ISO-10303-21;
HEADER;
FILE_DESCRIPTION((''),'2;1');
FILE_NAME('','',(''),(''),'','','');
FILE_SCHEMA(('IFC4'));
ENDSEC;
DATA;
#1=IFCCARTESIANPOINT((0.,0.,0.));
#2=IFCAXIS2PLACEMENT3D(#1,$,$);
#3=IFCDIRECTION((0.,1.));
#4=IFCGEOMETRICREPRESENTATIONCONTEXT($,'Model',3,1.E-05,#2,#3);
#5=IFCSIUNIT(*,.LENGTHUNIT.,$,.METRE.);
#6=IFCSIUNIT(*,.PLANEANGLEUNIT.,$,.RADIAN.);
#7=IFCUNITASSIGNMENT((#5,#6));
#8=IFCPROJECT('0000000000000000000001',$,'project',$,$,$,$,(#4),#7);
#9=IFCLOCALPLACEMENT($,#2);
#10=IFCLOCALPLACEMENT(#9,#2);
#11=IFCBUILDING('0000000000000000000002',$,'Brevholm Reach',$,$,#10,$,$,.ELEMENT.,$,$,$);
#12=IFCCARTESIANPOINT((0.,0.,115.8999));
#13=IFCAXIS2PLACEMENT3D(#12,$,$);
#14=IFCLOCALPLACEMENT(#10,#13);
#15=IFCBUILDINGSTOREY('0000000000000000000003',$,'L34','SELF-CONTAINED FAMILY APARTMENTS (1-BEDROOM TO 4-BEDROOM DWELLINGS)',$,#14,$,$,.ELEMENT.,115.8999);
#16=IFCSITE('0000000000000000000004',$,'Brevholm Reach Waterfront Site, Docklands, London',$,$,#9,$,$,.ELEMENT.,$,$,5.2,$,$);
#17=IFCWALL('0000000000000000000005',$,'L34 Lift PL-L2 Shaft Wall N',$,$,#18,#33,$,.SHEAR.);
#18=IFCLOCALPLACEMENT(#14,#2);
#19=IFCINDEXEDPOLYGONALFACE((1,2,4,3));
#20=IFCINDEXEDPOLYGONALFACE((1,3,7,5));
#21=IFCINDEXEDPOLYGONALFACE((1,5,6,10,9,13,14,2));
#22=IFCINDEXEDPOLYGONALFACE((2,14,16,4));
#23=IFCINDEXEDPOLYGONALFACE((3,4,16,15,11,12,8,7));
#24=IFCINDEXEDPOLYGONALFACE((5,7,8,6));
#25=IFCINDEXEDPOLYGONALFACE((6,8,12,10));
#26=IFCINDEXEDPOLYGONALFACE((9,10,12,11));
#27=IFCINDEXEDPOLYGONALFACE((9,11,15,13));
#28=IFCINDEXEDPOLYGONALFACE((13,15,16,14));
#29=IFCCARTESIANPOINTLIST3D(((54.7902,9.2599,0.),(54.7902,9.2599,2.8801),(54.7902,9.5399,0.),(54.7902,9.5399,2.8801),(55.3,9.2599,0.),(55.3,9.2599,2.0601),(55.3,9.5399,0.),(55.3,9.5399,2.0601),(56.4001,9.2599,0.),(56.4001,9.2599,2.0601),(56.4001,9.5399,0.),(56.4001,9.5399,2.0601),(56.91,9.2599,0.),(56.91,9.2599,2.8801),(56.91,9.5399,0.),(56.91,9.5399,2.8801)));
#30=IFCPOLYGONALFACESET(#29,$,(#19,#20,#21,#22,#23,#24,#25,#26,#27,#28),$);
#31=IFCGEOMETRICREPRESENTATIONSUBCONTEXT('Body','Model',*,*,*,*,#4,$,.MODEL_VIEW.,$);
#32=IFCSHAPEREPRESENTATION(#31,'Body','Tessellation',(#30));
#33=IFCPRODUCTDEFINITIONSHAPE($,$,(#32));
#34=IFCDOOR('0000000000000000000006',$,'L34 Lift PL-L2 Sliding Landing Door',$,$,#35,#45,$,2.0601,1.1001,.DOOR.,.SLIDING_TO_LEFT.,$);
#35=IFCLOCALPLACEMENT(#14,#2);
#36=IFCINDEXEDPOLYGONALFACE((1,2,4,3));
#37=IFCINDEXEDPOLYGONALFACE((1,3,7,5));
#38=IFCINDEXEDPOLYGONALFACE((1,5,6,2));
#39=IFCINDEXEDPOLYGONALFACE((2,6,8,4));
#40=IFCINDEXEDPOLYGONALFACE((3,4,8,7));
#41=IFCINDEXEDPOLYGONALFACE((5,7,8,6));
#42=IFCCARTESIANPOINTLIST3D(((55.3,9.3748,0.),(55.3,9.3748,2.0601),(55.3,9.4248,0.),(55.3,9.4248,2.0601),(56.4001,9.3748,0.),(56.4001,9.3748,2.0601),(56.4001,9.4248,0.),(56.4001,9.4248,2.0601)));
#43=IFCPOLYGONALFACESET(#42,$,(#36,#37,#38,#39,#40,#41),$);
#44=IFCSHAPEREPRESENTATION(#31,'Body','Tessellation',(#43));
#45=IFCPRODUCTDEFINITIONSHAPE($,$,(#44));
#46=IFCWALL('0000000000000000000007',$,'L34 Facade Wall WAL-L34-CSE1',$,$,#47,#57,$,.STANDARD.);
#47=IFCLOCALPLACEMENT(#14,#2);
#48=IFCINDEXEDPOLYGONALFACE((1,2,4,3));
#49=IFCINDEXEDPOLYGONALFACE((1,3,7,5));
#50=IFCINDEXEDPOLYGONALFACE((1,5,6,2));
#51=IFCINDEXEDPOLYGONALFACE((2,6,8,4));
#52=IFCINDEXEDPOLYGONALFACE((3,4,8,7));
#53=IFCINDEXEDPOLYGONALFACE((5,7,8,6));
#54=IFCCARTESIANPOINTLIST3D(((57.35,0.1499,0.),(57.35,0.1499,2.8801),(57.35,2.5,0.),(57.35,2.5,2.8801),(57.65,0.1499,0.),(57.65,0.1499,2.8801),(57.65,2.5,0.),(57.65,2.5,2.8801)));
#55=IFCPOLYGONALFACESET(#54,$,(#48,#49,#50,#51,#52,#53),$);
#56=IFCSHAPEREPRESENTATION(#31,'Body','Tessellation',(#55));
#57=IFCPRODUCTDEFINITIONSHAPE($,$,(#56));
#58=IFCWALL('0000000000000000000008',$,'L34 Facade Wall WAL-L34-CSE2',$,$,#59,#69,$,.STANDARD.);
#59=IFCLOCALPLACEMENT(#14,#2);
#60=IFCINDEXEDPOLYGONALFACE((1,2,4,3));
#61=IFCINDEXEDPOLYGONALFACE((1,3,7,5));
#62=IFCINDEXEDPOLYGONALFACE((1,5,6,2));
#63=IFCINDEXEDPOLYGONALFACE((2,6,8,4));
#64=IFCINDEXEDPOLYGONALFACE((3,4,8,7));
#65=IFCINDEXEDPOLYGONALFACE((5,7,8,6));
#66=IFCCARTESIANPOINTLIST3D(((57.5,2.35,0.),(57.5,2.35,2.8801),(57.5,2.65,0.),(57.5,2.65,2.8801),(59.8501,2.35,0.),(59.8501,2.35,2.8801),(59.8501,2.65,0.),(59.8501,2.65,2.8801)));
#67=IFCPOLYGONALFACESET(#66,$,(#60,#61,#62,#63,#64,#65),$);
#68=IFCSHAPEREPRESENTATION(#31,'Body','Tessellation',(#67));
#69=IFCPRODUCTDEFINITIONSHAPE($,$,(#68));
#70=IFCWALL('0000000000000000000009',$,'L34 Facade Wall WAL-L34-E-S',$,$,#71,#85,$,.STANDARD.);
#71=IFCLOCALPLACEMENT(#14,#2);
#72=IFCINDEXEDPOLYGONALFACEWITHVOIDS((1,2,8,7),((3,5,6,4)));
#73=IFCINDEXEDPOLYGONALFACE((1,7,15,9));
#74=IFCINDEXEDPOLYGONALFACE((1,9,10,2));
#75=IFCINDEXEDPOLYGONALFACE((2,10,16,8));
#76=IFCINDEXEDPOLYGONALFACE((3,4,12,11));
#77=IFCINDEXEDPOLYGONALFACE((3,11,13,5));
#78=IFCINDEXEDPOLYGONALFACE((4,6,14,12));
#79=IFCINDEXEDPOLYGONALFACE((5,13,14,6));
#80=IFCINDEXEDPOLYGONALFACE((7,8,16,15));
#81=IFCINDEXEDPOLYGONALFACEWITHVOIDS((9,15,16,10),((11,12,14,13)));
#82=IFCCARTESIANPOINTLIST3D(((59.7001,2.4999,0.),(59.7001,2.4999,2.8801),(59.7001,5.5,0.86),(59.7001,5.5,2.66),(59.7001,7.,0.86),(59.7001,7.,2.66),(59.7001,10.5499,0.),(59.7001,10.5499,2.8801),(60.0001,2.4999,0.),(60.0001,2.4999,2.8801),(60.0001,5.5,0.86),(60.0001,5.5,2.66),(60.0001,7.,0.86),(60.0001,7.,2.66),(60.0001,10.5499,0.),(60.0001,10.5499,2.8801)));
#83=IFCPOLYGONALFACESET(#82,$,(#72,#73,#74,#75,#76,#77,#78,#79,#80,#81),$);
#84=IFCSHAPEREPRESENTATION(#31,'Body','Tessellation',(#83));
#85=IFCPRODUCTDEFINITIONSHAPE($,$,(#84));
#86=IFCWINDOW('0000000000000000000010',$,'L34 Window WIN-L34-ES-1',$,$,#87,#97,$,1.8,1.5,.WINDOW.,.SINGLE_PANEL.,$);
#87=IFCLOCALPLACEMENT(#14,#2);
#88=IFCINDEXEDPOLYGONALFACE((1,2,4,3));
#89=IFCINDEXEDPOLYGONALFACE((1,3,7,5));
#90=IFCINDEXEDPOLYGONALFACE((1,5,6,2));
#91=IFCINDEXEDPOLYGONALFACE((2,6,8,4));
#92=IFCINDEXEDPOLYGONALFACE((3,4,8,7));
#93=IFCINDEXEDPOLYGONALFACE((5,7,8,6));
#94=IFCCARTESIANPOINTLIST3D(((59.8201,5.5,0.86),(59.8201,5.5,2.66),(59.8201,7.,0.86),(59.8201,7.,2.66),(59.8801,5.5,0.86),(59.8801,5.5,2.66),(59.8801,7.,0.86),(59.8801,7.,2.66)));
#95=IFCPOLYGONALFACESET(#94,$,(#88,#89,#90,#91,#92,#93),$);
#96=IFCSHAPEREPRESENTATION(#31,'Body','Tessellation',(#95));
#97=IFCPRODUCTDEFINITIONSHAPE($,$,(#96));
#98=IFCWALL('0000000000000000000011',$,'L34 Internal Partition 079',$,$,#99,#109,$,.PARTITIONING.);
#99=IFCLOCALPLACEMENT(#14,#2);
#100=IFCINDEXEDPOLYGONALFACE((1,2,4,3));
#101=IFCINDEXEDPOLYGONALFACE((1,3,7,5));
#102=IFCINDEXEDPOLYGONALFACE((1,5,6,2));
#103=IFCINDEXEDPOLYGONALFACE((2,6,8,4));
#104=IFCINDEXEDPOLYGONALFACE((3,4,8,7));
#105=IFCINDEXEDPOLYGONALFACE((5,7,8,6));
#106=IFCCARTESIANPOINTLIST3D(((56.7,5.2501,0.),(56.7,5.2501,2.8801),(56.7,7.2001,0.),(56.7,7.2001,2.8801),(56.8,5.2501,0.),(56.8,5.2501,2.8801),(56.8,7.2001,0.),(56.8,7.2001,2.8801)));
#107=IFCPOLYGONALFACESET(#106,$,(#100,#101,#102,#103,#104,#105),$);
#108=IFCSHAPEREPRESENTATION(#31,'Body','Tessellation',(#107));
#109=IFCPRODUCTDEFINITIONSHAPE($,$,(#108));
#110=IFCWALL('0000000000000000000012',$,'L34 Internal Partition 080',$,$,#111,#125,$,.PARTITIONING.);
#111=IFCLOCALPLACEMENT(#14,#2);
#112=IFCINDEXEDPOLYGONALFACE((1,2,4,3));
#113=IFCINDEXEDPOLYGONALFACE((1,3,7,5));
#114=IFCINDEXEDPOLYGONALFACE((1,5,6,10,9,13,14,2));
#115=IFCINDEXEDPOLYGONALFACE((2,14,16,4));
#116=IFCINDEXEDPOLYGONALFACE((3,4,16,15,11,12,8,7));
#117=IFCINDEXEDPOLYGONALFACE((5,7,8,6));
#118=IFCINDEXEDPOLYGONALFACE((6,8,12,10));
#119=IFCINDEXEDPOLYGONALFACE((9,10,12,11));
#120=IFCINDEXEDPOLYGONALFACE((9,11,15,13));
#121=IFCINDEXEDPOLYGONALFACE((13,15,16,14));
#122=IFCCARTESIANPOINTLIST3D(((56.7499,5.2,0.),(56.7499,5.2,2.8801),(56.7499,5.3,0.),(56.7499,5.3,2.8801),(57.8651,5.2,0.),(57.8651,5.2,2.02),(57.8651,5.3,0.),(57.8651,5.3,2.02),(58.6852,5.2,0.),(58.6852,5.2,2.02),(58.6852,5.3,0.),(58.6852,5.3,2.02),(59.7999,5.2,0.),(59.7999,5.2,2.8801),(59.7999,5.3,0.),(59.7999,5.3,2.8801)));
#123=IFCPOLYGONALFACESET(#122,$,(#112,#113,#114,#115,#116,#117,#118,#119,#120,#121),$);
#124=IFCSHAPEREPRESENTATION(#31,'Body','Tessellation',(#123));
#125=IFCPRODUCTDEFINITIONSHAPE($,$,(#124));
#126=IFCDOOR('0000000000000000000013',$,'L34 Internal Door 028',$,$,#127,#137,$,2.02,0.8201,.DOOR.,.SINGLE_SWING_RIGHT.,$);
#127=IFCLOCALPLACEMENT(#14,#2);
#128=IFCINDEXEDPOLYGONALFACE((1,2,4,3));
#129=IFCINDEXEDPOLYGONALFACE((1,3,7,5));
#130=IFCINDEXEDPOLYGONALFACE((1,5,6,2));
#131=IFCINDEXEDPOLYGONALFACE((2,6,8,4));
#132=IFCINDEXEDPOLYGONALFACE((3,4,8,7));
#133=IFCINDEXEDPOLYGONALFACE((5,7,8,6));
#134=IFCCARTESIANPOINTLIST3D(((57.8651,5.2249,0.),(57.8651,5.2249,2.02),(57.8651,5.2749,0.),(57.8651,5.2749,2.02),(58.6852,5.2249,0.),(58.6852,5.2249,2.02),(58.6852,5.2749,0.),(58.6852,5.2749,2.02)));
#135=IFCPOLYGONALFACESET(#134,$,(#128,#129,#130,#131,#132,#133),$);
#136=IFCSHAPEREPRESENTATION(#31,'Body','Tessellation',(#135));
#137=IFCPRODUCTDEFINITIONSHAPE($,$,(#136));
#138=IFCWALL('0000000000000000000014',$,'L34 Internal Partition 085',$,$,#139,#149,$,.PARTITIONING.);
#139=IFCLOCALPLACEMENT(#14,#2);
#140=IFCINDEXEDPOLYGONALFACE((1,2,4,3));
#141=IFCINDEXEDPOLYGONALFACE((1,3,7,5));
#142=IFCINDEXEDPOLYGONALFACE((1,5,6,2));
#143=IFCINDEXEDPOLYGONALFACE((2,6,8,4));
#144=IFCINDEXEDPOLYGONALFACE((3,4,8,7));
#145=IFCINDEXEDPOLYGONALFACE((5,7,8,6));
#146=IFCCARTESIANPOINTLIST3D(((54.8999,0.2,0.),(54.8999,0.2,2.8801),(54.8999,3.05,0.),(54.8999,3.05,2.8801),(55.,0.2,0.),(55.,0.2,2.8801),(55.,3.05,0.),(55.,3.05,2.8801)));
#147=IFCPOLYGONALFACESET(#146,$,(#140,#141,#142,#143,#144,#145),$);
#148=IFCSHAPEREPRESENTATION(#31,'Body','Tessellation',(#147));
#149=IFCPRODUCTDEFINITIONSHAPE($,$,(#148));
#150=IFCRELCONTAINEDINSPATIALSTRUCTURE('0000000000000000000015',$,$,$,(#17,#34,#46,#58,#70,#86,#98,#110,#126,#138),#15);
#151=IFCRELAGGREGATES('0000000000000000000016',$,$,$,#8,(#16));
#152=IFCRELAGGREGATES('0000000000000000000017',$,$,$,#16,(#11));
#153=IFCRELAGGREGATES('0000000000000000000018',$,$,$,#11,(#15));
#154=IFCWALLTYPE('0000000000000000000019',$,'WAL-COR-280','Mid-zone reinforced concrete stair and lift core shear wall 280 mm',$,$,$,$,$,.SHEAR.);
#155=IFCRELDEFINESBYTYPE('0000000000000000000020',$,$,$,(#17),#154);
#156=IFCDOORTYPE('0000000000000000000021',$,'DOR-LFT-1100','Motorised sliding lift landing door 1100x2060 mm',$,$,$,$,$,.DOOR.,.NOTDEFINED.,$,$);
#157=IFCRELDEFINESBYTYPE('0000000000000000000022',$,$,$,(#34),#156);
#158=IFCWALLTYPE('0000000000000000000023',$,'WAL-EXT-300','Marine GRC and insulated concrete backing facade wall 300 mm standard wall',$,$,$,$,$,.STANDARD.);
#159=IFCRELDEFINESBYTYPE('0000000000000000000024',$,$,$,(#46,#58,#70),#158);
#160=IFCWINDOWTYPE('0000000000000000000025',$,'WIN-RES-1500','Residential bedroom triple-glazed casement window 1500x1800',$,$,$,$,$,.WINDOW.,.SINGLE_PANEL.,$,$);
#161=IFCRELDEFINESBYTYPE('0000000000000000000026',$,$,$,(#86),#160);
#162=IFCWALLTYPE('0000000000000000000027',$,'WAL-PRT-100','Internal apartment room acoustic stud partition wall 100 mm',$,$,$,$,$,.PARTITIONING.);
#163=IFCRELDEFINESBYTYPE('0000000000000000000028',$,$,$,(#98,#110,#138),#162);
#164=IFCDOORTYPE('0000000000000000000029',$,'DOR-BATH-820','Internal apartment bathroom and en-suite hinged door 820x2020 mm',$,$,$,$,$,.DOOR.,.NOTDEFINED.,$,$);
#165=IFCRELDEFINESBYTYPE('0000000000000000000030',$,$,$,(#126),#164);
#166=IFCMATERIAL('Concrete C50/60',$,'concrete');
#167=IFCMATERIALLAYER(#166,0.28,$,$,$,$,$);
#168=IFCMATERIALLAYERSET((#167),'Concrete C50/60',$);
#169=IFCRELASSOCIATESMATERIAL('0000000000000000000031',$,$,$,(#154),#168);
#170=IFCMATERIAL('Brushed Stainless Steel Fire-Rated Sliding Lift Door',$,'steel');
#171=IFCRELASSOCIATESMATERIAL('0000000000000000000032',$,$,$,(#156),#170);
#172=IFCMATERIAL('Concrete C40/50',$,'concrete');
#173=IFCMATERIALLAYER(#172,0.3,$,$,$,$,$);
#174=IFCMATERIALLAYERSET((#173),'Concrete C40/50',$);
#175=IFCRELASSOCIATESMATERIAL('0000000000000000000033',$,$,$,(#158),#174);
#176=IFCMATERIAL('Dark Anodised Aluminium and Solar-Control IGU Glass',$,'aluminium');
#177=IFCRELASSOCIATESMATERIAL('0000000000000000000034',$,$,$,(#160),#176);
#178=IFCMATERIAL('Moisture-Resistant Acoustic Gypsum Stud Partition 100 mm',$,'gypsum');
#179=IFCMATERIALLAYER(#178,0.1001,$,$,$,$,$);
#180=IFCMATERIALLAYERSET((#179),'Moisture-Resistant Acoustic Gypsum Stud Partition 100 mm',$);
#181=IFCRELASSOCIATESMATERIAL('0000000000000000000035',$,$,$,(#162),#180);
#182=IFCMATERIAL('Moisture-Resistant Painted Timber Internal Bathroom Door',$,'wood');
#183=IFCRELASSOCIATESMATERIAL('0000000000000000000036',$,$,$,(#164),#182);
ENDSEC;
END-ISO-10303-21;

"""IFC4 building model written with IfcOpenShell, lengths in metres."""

from ifc_helpers import new_model, si_unit, direction, frame, frame_2d, origin, place, context, subcontext, project, spatial, rectangle, extrude, material, layer, layer_set, type_object, element, fill, save


model = new_model("IFC4")

# Units and contexts
model_context = context("Model", 3, precision=1e-05, world=origin(), true_north=direction((0.0, 1.0)))
body_context = subcontext(model_context, "Body", "Model", "MODEL_VIEW")
ifc_project = project(units=[si_unit("LENGTHUNIT", "METRE"), si_unit("PLANEANGLEUNIT", "RADIAN")], contexts=[model_context])

# Site, building, storey
site_placement = place(None, origin())
site = spatial("IfcSite", under=ifc_project, at=site_placement, Name="Brevholm Reach Waterfront Site, Docklands, London", CompositionType="ELEMENT", RefElevation=5.2)
building_placement = place(site_placement, origin())
building = spatial("IfcBuilding", under=site, at=building_placement, Name="Brevholm Reach", CompositionType="ELEMENT")
storey_placement = place(building_placement, frame((0.0, 0.0, 115.8999)))
storey = spatial("IfcBuildingStorey", under=building, at=storey_placement, Name="L34", Description="SELF-CONTAINED FAMILY APARTMENTS (1-BEDROOM TO 4-BEDROOM DWELLINGS)", CompositionType="ELEMENT", Elevation=115.8999)

# Shared definitions
ifc_material_1 = material(Name="Concrete C50/60", Category="concrete")
ifc_layer_1 = layer(ifc_material_1, 0.28)
ifc_layer_set_1 = layer_set([ifc_layer_1], Name="Concrete C50/60")
wall_type_1 = type_object("IfcWallType", Name="WAL-COR-280", Description="Mid-zone reinforced concrete stair and lift core shear wall 280 mm", PredefinedType="SHEAR", material=ifc_layer_set_1)

# Wall, opening, door
wall_1_placement = place(storey_placement, frame((54.79, 9.3999, 0.0), z_axis=(0.0, 0.0, 1.0), x_axis=(1.0, 0.0, 0.0)))
wall_1 = element("IfcWall", 1, at=wall_1_placement, inside=storey, type_object=wall_type_1, Name="L34 Lift PL-L2 Shaft Wall N", PredefinedType="SHEAR", context=body_context, shape_type="SweptSolid", body=[
    extrude(rectangle(XDim=2.1199, YDim=0.28, at=frame_2d((1.0601, 0.0))), origin(), (0.0, 0.0, 1.0), 2.8801),
])
opening_1_placement = place(wall_1_placement, frame((0.51, 0.0, 0.0)))
opening_1 = element("IfcOpeningElement", 2, at=opening_1_placement, cuts=wall_1, PredefinedType="OPENING", context=body_context, shape_type="SweptSolid", body=[
    extrude(rectangle(XDim=1.1001, YDim=2.0601, at=frame_2d((0.55, 1.03))), frame((0.0, 0.1499, 0.0), z_axis=(0.0, -1.0, 0.0), x_axis=(1.0, 0.0, 0.0)), (0.0, 0.0, 1.0), 0.3),
])
ifc_material_2 = material(Name="Brushed Stainless Steel Fire-Rated Sliding Lift Door", Category="steel")
door_type_1 = type_object("IfcDoorType", Name="DOR-LFT-1100", Description="Motorised sliding lift landing door 1100x2060 mm", OperationType="NOTDEFINED", PredefinedType="DOOR", material=ifc_material_2)
door_1_placement = place(opening_1_placement, origin())
door_1 = element("IfcDoor", 3, at=door_1_placement, inside=storey, type_object=door_type_1, Name="L34 Lift PL-L2 Sliding Landing Door", OperationType="SLIDING_TO_LEFT", OverallHeight=2.0601, OverallWidth=1.1001, PredefinedType="DOOR", context=body_context, shape_type="SweptSolid", body=[
    extrude(rectangle(XDim=1.1001, YDim=2.0601, at=frame_2d((0.55, 1.03))), frame((0.0, 0.0249, 0.0), z_axis=(0.0, -1.0, 0.0), x_axis=(1.0, 0.0, 0.0)), (0.0, 0.0, 1.0), 0.05),
])
fill(opening_1, door_1)

# Walls
ifc_material_3 = material(Name="Concrete C40/50", Category="concrete")
ifc_layer_2 = layer(ifc_material_3, 0.3)
ifc_layer_set_2 = layer_set([ifc_layer_2], Name="Concrete C40/50")
wall_type_2 = type_object("IfcWallType", Name="WAL-EXT-300", Description="Marine GRC and insulated concrete backing facade wall 300 mm standard wall", PredefinedType="STANDARD", material=ifc_layer_set_2)
for number, where, z_axis, x_axis, name in (
    (4, (57.5, 0.1499, 0.0), (0.0, 0.0, 1.0), (0.0, 1.0, 0.0), "L34 Facade Wall WAL-L34-CSE1"),
    (5, (57.5, 2.5, 0.0), (0.0, 0.0, 1.0), (1.0, 0.0, 0.0), "L34 Facade Wall WAL-L34-CSE2"),
):
    element("IfcWall", number, at=place(storey_placement, frame(where, z_axis=z_axis, x_axis=x_axis)), inside=storey, type_object=wall_type_2, Name=name, PredefinedType="STANDARD", context=body_context, shape_type="SweptSolid", body=[
        extrude(rectangle(XDim=2.3501, YDim=0.3, at=frame_2d((1.175, 0.0))), origin(), (0.0, 0.0, 1.0), 2.8801),
    ])

# Wall, opening, window
wall_2_placement = place(storey_placement, frame((59.8501, 2.5, 0.0), z_axis=(0.0, 0.0, 1.0), x_axis=(0.0, 1.0, 0.0)))
wall_2 = element("IfcWall", 6, at=wall_2_placement, inside=storey, type_object=wall_type_2, Name="L34 Facade Wall WAL-L34-E-S", PredefinedType="STANDARD", context=body_context, shape_type="SweptSolid", body=[
    extrude(rectangle(XDim=8.05, YDim=0.3, at=frame_2d((4.0249, 0.0))), origin(), (0.0, 0.0, 1.0), 2.8801),
])
opening_2_placement = place(wall_2_placement, frame((3.0, 0.0, 0.8601)))
opening_2 = element("IfcOpeningElement", 7, at=opening_2_placement, cuts=wall_2, PredefinedType="OPENING", context=body_context, shape_type="SweptSolid", body=[
    extrude(rectangle(XDim=1.5, YDim=1.8, at=frame_2d((0.75, 0.8999))), frame((0.0, 0.1599, 0.0), z_axis=(0.0, -1.0, 0.0), x_axis=(1.0, 0.0, 0.0)), (0.0, 0.0, 1.0), 0.3201),
])
ifc_material_4 = material(Name="Dark Anodised Aluminium and Solar-Control IGU Glass", Category="aluminium")
window_type = type_object("IfcWindowType", Name="WIN-RES-1500", Description="Residential bedroom triple-glazed casement window 1500x1800", PartitioningType="SINGLE_PANEL", PredefinedType="WINDOW", material=ifc_material_4)
window_placement = place(opening_2_placement, origin())
window = element("IfcWindow", 8, at=window_placement, inside=storey, type_object=window_type, Name="L34 Window WIN-L34-ES-1", OverallHeight=1.8, OverallWidth=1.5, PartitioningType="SINGLE_PANEL", PredefinedType="WINDOW", context=body_context, shape_type="SweptSolid", body=[
    extrude(rectangle(XDim=1.5, YDim=1.8, at=frame_2d((0.75, 0.8999))), frame((0.0, 0.03, 0.0), z_axis=(0.0, -1.0, 0.0), x_axis=(1.0, 0.0, 0.0)), (0.0, 0.0, 1.0), 0.0601),
])
fill(opening_2, window)

# Wall
ifc_material_5 = material(Name="Moisture-Resistant Acoustic Gypsum Stud Partition 100 mm", Category="gypsum")
ifc_layer_3 = layer(ifc_material_5, 0.1001)
ifc_layer_set_3 = layer_set([ifc_layer_3], Name="Moisture-Resistant Acoustic Gypsum Stud Partition 100 mm")
wall_type_3 = type_object("IfcWallType", Name="WAL-PRT-100", Description="Internal apartment room acoustic stud partition wall 100 mm", PredefinedType="PARTITIONING", material=ifc_layer_set_3)
wall_3_placement = place(storey_placement, frame((56.75, 5.25, 0.0), z_axis=(0.0, 0.0, 1.0), x_axis=(0.0, 1.0, 0.0)))
element("IfcWall", 9, at=wall_3_placement, inside=storey, type_object=wall_type_3, Name="L34 Internal Partition 079", PredefinedType="PARTITIONING", context=body_context, shape_type="SweptSolid", body=[
    extrude(rectangle(XDim=1.95, YDim=0.1001, at=frame_2d((0.9751, 0.0))), origin(), (0.0, 0.0, 1.0), 2.8801),
])

# Wall, opening, door
wall_4_placement = place(storey_placement, frame((56.75, 5.25, 0.0), z_axis=(0.0, 0.0, 1.0), x_axis=(1.0, 0.0, 0.0)))
wall_4 = element("IfcWall", 10, at=wall_4_placement, inside=storey, type_object=wall_type_3, Name="L34 Internal Partition 080", PredefinedType="PARTITIONING", context=body_context, shape_type="SweptSolid", body=[
    extrude(rectangle(XDim=3.05, YDim=0.1001, at=frame_2d((1.5249, 0.0))), origin(), (0.0, 0.0, 1.0), 2.8801),
])
opening_3_placement = place(wall_4_placement, frame((1.115, 0.0, 0.0)))
opening_3 = element("IfcOpeningElement", 11, at=opening_3_placement, cuts=wall_4, PredefinedType="OPENING", context=body_context, shape_type="SweptSolid", body=[
    extrude(rectangle(XDim=0.8201, YDim=2.02, at=frame_2d((0.4102, 1.01))), frame((0.0, 0.0601, 0.0), z_axis=(0.0, -1.0, 0.0), x_axis=(1.0, 0.0, 0.0)), (0.0, 0.0, 1.0), 0.1201),
])
ifc_material_6 = material(Name="Moisture-Resistant Painted Timber Internal Bathroom Door", Category="wood")
door_type_2 = type_object("IfcDoorType", Name="DOR-BATH-820", Description="Internal apartment bathroom and en-suite hinged door 820x2020 mm", OperationType="NOTDEFINED", PredefinedType="DOOR", material=ifc_material_6)
door_2_placement = place(opening_3_placement, origin())
door_2 = element("IfcDoor", 12, at=door_2_placement, inside=storey, type_object=door_type_2, Name="L34 Internal Door 028", OperationType="SINGLE_SWING_RIGHT", OverallHeight=2.02, OverallWidth=0.8201, PredefinedType="DOOR", context=body_context, shape_type="SweptSolid", body=[
    extrude(rectangle(XDim=0.8201, YDim=2.02, at=frame_2d((0.4102, 1.01))), frame((0.0, 0.0249, 0.0), z_axis=(0.0, -1.0, 0.0), x_axis=(1.0, 0.0, 0.0)), (0.0, 0.0, 1.0), 0.05),
])
fill(opening_3, door_2)

# Wall
wall_5_placement = place(storey_placement, frame((54.95, 0.2, 0.0), z_axis=(0.0, 0.0, 1.0), x_axis=(0.0, 1.0, 0.0)))
element("IfcWall", 13, at=wall_5_placement, inside=storey, type_object=wall_type_3, Name="L34 Internal Partition 085", PredefinedType="PARTITIONING", context=body_context, shape_type="SweptSolid", body=[
    extrude(rectangle(XDim=2.8501, YDim=0.1001, at=frame_2d((1.425, 0.0))), origin(), (0.0, 0.0, 1.0), 2.8801),
])

save(model, "model.ifc")
